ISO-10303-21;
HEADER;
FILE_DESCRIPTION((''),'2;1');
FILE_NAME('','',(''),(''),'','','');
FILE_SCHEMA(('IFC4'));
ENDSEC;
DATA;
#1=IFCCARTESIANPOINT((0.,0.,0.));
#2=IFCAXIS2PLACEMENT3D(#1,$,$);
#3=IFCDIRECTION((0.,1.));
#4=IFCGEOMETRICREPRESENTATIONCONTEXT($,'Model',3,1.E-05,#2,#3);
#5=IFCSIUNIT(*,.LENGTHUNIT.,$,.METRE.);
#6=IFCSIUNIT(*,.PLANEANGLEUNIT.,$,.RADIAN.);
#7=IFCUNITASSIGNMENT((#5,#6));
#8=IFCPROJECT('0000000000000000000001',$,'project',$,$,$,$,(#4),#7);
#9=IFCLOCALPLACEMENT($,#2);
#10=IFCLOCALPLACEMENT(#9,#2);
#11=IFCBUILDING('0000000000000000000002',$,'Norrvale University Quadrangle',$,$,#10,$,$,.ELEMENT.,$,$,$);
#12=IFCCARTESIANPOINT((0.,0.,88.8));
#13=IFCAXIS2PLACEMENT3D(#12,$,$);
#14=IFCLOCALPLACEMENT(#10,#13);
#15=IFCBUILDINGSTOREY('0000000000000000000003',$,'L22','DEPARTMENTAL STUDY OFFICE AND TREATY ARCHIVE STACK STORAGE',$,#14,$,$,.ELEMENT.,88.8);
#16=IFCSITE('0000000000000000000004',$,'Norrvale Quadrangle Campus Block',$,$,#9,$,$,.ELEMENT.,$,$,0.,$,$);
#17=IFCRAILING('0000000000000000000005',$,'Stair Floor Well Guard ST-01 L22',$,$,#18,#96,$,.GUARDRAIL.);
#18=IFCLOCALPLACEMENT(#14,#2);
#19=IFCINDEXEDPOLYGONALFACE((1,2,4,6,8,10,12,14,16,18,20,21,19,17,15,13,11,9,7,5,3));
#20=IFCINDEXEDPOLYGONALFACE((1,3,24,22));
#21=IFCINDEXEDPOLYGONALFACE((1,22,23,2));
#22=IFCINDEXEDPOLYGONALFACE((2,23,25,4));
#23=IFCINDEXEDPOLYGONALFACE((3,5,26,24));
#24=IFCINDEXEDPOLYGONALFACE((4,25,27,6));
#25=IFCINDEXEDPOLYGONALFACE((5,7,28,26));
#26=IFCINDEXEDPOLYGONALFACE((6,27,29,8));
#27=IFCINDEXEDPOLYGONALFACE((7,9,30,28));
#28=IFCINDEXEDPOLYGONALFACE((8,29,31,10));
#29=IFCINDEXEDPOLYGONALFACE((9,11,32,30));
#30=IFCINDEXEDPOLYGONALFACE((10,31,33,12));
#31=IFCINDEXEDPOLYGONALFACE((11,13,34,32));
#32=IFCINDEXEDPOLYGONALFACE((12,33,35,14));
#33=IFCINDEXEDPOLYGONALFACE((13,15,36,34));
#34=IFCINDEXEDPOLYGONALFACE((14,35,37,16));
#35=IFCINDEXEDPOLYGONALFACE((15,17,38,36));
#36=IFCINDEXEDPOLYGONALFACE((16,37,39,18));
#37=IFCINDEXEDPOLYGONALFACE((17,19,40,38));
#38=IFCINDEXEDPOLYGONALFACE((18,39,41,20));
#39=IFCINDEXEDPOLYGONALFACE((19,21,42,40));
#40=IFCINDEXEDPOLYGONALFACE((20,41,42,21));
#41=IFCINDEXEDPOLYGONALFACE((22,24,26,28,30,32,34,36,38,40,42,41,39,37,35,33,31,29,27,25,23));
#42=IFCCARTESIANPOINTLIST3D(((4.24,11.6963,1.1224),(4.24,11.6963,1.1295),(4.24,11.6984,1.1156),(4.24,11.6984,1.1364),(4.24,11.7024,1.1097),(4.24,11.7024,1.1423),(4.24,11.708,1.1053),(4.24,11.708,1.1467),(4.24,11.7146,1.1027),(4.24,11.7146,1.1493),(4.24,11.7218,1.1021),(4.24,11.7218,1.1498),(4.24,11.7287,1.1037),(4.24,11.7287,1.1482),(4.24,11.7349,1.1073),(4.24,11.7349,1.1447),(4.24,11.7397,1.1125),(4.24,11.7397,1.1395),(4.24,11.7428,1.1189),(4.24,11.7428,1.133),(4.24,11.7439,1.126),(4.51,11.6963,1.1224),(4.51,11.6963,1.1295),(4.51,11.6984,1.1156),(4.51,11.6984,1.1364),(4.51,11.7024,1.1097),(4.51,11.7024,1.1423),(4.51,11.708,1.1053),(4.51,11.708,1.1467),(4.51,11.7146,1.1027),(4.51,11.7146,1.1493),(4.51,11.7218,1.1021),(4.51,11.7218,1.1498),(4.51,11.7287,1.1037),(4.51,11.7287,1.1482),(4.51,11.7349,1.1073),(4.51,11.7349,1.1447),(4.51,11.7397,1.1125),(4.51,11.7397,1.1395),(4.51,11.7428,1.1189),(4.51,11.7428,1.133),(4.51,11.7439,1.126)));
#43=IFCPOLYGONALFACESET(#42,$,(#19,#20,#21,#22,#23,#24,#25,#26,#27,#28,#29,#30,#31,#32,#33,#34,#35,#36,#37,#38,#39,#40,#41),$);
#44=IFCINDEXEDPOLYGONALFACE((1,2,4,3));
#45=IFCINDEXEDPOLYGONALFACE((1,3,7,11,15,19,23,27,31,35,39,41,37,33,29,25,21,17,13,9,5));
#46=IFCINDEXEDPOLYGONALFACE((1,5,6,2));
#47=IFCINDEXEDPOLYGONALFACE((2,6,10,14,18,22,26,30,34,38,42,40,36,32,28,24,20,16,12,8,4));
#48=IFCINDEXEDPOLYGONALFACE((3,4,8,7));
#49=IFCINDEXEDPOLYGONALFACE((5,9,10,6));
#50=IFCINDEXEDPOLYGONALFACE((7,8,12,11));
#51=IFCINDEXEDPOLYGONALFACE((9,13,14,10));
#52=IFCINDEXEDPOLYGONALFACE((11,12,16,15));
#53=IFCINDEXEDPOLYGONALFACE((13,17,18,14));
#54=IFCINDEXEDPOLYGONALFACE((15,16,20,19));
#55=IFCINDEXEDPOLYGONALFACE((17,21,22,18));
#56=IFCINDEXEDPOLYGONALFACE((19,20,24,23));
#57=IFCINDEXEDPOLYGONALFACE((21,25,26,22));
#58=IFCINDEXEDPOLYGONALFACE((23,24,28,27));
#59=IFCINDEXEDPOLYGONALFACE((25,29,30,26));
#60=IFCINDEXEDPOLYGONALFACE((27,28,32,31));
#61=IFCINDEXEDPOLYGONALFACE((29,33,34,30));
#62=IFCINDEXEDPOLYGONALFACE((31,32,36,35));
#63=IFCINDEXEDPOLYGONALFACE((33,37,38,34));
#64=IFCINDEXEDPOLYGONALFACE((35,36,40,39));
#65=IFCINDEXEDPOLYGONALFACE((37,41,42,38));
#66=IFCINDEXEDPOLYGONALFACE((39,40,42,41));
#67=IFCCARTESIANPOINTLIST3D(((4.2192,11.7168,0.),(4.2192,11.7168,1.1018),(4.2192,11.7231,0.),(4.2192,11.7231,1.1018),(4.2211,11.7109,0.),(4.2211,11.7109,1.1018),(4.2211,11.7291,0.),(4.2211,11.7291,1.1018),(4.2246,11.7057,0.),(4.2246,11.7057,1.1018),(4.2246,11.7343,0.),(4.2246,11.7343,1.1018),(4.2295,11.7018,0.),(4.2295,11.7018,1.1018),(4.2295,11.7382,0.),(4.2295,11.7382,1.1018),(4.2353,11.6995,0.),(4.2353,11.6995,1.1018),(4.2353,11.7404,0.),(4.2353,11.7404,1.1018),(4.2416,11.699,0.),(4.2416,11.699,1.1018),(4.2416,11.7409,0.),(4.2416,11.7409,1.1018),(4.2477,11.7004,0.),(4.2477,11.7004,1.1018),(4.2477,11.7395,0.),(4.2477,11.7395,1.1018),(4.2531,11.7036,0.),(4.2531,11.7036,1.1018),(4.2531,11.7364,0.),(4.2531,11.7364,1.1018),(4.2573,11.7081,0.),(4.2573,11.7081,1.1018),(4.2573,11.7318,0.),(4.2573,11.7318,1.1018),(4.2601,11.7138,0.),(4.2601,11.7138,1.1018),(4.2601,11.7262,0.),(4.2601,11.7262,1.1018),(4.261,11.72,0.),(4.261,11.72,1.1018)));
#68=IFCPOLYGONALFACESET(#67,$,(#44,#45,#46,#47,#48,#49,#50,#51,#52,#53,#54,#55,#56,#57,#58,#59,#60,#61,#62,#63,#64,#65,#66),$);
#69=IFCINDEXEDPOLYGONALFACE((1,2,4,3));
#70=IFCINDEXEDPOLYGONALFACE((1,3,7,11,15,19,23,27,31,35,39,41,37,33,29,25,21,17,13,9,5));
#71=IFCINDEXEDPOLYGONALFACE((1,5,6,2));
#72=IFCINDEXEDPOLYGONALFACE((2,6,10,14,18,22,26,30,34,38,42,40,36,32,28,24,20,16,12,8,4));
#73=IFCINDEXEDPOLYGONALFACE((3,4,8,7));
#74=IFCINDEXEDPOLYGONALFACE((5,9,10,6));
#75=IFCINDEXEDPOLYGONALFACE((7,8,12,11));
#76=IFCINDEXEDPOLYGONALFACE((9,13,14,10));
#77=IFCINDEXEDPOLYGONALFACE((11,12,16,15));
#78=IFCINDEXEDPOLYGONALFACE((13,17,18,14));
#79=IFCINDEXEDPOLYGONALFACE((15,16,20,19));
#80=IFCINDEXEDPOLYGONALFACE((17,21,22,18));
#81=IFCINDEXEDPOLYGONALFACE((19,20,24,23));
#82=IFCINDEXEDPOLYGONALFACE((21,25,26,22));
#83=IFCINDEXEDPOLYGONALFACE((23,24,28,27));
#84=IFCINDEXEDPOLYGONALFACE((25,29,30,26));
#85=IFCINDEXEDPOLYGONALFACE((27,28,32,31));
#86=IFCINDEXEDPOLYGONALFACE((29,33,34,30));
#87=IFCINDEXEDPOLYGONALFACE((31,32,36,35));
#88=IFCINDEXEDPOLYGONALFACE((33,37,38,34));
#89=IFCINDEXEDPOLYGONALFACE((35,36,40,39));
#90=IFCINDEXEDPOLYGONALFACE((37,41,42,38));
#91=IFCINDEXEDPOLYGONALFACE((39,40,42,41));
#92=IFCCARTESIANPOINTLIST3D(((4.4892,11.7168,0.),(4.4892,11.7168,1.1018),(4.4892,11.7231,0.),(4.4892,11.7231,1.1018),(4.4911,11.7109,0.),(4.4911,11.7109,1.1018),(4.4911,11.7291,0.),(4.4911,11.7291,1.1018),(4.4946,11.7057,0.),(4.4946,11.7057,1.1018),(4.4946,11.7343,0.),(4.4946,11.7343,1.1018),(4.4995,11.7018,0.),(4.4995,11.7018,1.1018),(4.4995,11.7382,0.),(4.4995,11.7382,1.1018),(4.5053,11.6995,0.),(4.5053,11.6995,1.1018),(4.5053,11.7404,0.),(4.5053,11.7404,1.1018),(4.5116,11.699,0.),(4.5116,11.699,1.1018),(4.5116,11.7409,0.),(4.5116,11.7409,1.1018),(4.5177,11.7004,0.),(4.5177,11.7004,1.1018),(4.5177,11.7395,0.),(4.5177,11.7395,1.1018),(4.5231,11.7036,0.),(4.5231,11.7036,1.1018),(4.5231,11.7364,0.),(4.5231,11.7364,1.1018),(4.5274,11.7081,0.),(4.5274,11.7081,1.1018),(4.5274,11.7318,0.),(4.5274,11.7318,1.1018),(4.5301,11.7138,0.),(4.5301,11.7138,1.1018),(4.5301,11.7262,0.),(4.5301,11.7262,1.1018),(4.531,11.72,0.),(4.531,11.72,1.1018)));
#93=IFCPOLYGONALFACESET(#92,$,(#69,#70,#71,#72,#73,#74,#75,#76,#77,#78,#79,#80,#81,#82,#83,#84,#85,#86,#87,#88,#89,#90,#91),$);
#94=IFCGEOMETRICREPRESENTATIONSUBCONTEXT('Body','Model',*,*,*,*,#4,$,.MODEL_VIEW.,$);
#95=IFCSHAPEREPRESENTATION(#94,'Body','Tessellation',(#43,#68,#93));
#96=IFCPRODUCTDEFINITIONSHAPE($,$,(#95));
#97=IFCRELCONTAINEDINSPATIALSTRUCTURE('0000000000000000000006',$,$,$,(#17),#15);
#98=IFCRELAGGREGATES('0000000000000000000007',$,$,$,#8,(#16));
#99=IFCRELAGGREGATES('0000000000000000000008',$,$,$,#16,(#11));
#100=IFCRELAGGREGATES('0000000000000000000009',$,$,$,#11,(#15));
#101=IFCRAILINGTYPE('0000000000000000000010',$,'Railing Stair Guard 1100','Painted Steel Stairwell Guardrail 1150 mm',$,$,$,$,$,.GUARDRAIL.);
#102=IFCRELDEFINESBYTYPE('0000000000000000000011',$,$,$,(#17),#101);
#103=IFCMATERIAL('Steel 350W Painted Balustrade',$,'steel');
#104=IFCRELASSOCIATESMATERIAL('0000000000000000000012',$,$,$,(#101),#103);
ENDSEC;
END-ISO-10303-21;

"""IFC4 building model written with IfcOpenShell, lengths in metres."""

from ifc_helpers import new_model, si_unit, direction, frame, origin, origin_2d, place, context, subcontext, project, spatial, circle, extrude, material, type_object, element, save


model = new_model("IFC4")

# Units and contexts
model_context = context("Model", 3, precision=1e-05, world=origin(), true_north=direction((0.0, 1.0)))
body_context = subcontext(model_context, "Body", "Model", "MODEL_VIEW")
ifc_project = project(units=[si_unit("LENGTHUNIT", "METRE"), si_unit("PLANEANGLEUNIT", "RADIAN")], contexts=[model_context])

# Site, building, storey
site_placement = place(None, origin())
site = spatial("IfcSite", under=ifc_project, at=site_placement, Name="Norrvale Quadrangle Campus Block", CompositionType="ELEMENT", RefElevation=0.0)
building_placement = place(site_placement, origin())
building = spatial("IfcBuilding", under=site, at=building_placement, Name="Norrvale University Quadrangle", CompositionType="ELEMENT")
storey_placement = place(building_placement, frame((0.0, 0.0, 88.8)))
storey = spatial("IfcBuildingStorey", under=building, at=storey_placement, Name="L22", Description="DEPARTMENTAL STUDY OFFICE AND TREATY ARCHIVE STACK STORAGE", CompositionType="ELEMENT", Elevation=88.8)

# Railing
ifc_material_1 = material(Name="Steel 350W Painted Balustrade", Category="steel")
railing_type_1 = type_object("IfcRailingType", Name="Railing Stair Guard 1100", Description="Painted Steel Stairwell Guardrail 1150 mm", PredefinedType="GUARDRAIL", material=ifc_material_1)
railing_1_placement = place(storey_placement, frame((4.24, 11.72, 0.0)))
element("IfcRailing", 1, at=railing_1_placement, inside=storey, type_object=railing_type_1, Name="Stair Floor Well Guard ST-01 L22", PredefinedType="GUARDRAIL", context=body_context, shape_type="SweptSolid", body=[
    extrude(circle(Radius=0.0239, at=origin_2d()), frame((0.0, 0.0, 1.126), z_axis=(1.0, 0.0, 0.0), x_axis=(0.0, 1.0, 0.0)), (0.0, 0.0, 1.0), 0.27),
    extrude(circle(Radius=0.021, at=origin_2d()), origin(), (0.0, 0.0, 1.0), 1.1018),
    extrude(circle(Radius=0.021, at=origin_2d()), frame((0.27, 0.0, 0.0)), (0.0, 0.0, 1.0), 1.1018),
])

save(model, "model.ifc")
